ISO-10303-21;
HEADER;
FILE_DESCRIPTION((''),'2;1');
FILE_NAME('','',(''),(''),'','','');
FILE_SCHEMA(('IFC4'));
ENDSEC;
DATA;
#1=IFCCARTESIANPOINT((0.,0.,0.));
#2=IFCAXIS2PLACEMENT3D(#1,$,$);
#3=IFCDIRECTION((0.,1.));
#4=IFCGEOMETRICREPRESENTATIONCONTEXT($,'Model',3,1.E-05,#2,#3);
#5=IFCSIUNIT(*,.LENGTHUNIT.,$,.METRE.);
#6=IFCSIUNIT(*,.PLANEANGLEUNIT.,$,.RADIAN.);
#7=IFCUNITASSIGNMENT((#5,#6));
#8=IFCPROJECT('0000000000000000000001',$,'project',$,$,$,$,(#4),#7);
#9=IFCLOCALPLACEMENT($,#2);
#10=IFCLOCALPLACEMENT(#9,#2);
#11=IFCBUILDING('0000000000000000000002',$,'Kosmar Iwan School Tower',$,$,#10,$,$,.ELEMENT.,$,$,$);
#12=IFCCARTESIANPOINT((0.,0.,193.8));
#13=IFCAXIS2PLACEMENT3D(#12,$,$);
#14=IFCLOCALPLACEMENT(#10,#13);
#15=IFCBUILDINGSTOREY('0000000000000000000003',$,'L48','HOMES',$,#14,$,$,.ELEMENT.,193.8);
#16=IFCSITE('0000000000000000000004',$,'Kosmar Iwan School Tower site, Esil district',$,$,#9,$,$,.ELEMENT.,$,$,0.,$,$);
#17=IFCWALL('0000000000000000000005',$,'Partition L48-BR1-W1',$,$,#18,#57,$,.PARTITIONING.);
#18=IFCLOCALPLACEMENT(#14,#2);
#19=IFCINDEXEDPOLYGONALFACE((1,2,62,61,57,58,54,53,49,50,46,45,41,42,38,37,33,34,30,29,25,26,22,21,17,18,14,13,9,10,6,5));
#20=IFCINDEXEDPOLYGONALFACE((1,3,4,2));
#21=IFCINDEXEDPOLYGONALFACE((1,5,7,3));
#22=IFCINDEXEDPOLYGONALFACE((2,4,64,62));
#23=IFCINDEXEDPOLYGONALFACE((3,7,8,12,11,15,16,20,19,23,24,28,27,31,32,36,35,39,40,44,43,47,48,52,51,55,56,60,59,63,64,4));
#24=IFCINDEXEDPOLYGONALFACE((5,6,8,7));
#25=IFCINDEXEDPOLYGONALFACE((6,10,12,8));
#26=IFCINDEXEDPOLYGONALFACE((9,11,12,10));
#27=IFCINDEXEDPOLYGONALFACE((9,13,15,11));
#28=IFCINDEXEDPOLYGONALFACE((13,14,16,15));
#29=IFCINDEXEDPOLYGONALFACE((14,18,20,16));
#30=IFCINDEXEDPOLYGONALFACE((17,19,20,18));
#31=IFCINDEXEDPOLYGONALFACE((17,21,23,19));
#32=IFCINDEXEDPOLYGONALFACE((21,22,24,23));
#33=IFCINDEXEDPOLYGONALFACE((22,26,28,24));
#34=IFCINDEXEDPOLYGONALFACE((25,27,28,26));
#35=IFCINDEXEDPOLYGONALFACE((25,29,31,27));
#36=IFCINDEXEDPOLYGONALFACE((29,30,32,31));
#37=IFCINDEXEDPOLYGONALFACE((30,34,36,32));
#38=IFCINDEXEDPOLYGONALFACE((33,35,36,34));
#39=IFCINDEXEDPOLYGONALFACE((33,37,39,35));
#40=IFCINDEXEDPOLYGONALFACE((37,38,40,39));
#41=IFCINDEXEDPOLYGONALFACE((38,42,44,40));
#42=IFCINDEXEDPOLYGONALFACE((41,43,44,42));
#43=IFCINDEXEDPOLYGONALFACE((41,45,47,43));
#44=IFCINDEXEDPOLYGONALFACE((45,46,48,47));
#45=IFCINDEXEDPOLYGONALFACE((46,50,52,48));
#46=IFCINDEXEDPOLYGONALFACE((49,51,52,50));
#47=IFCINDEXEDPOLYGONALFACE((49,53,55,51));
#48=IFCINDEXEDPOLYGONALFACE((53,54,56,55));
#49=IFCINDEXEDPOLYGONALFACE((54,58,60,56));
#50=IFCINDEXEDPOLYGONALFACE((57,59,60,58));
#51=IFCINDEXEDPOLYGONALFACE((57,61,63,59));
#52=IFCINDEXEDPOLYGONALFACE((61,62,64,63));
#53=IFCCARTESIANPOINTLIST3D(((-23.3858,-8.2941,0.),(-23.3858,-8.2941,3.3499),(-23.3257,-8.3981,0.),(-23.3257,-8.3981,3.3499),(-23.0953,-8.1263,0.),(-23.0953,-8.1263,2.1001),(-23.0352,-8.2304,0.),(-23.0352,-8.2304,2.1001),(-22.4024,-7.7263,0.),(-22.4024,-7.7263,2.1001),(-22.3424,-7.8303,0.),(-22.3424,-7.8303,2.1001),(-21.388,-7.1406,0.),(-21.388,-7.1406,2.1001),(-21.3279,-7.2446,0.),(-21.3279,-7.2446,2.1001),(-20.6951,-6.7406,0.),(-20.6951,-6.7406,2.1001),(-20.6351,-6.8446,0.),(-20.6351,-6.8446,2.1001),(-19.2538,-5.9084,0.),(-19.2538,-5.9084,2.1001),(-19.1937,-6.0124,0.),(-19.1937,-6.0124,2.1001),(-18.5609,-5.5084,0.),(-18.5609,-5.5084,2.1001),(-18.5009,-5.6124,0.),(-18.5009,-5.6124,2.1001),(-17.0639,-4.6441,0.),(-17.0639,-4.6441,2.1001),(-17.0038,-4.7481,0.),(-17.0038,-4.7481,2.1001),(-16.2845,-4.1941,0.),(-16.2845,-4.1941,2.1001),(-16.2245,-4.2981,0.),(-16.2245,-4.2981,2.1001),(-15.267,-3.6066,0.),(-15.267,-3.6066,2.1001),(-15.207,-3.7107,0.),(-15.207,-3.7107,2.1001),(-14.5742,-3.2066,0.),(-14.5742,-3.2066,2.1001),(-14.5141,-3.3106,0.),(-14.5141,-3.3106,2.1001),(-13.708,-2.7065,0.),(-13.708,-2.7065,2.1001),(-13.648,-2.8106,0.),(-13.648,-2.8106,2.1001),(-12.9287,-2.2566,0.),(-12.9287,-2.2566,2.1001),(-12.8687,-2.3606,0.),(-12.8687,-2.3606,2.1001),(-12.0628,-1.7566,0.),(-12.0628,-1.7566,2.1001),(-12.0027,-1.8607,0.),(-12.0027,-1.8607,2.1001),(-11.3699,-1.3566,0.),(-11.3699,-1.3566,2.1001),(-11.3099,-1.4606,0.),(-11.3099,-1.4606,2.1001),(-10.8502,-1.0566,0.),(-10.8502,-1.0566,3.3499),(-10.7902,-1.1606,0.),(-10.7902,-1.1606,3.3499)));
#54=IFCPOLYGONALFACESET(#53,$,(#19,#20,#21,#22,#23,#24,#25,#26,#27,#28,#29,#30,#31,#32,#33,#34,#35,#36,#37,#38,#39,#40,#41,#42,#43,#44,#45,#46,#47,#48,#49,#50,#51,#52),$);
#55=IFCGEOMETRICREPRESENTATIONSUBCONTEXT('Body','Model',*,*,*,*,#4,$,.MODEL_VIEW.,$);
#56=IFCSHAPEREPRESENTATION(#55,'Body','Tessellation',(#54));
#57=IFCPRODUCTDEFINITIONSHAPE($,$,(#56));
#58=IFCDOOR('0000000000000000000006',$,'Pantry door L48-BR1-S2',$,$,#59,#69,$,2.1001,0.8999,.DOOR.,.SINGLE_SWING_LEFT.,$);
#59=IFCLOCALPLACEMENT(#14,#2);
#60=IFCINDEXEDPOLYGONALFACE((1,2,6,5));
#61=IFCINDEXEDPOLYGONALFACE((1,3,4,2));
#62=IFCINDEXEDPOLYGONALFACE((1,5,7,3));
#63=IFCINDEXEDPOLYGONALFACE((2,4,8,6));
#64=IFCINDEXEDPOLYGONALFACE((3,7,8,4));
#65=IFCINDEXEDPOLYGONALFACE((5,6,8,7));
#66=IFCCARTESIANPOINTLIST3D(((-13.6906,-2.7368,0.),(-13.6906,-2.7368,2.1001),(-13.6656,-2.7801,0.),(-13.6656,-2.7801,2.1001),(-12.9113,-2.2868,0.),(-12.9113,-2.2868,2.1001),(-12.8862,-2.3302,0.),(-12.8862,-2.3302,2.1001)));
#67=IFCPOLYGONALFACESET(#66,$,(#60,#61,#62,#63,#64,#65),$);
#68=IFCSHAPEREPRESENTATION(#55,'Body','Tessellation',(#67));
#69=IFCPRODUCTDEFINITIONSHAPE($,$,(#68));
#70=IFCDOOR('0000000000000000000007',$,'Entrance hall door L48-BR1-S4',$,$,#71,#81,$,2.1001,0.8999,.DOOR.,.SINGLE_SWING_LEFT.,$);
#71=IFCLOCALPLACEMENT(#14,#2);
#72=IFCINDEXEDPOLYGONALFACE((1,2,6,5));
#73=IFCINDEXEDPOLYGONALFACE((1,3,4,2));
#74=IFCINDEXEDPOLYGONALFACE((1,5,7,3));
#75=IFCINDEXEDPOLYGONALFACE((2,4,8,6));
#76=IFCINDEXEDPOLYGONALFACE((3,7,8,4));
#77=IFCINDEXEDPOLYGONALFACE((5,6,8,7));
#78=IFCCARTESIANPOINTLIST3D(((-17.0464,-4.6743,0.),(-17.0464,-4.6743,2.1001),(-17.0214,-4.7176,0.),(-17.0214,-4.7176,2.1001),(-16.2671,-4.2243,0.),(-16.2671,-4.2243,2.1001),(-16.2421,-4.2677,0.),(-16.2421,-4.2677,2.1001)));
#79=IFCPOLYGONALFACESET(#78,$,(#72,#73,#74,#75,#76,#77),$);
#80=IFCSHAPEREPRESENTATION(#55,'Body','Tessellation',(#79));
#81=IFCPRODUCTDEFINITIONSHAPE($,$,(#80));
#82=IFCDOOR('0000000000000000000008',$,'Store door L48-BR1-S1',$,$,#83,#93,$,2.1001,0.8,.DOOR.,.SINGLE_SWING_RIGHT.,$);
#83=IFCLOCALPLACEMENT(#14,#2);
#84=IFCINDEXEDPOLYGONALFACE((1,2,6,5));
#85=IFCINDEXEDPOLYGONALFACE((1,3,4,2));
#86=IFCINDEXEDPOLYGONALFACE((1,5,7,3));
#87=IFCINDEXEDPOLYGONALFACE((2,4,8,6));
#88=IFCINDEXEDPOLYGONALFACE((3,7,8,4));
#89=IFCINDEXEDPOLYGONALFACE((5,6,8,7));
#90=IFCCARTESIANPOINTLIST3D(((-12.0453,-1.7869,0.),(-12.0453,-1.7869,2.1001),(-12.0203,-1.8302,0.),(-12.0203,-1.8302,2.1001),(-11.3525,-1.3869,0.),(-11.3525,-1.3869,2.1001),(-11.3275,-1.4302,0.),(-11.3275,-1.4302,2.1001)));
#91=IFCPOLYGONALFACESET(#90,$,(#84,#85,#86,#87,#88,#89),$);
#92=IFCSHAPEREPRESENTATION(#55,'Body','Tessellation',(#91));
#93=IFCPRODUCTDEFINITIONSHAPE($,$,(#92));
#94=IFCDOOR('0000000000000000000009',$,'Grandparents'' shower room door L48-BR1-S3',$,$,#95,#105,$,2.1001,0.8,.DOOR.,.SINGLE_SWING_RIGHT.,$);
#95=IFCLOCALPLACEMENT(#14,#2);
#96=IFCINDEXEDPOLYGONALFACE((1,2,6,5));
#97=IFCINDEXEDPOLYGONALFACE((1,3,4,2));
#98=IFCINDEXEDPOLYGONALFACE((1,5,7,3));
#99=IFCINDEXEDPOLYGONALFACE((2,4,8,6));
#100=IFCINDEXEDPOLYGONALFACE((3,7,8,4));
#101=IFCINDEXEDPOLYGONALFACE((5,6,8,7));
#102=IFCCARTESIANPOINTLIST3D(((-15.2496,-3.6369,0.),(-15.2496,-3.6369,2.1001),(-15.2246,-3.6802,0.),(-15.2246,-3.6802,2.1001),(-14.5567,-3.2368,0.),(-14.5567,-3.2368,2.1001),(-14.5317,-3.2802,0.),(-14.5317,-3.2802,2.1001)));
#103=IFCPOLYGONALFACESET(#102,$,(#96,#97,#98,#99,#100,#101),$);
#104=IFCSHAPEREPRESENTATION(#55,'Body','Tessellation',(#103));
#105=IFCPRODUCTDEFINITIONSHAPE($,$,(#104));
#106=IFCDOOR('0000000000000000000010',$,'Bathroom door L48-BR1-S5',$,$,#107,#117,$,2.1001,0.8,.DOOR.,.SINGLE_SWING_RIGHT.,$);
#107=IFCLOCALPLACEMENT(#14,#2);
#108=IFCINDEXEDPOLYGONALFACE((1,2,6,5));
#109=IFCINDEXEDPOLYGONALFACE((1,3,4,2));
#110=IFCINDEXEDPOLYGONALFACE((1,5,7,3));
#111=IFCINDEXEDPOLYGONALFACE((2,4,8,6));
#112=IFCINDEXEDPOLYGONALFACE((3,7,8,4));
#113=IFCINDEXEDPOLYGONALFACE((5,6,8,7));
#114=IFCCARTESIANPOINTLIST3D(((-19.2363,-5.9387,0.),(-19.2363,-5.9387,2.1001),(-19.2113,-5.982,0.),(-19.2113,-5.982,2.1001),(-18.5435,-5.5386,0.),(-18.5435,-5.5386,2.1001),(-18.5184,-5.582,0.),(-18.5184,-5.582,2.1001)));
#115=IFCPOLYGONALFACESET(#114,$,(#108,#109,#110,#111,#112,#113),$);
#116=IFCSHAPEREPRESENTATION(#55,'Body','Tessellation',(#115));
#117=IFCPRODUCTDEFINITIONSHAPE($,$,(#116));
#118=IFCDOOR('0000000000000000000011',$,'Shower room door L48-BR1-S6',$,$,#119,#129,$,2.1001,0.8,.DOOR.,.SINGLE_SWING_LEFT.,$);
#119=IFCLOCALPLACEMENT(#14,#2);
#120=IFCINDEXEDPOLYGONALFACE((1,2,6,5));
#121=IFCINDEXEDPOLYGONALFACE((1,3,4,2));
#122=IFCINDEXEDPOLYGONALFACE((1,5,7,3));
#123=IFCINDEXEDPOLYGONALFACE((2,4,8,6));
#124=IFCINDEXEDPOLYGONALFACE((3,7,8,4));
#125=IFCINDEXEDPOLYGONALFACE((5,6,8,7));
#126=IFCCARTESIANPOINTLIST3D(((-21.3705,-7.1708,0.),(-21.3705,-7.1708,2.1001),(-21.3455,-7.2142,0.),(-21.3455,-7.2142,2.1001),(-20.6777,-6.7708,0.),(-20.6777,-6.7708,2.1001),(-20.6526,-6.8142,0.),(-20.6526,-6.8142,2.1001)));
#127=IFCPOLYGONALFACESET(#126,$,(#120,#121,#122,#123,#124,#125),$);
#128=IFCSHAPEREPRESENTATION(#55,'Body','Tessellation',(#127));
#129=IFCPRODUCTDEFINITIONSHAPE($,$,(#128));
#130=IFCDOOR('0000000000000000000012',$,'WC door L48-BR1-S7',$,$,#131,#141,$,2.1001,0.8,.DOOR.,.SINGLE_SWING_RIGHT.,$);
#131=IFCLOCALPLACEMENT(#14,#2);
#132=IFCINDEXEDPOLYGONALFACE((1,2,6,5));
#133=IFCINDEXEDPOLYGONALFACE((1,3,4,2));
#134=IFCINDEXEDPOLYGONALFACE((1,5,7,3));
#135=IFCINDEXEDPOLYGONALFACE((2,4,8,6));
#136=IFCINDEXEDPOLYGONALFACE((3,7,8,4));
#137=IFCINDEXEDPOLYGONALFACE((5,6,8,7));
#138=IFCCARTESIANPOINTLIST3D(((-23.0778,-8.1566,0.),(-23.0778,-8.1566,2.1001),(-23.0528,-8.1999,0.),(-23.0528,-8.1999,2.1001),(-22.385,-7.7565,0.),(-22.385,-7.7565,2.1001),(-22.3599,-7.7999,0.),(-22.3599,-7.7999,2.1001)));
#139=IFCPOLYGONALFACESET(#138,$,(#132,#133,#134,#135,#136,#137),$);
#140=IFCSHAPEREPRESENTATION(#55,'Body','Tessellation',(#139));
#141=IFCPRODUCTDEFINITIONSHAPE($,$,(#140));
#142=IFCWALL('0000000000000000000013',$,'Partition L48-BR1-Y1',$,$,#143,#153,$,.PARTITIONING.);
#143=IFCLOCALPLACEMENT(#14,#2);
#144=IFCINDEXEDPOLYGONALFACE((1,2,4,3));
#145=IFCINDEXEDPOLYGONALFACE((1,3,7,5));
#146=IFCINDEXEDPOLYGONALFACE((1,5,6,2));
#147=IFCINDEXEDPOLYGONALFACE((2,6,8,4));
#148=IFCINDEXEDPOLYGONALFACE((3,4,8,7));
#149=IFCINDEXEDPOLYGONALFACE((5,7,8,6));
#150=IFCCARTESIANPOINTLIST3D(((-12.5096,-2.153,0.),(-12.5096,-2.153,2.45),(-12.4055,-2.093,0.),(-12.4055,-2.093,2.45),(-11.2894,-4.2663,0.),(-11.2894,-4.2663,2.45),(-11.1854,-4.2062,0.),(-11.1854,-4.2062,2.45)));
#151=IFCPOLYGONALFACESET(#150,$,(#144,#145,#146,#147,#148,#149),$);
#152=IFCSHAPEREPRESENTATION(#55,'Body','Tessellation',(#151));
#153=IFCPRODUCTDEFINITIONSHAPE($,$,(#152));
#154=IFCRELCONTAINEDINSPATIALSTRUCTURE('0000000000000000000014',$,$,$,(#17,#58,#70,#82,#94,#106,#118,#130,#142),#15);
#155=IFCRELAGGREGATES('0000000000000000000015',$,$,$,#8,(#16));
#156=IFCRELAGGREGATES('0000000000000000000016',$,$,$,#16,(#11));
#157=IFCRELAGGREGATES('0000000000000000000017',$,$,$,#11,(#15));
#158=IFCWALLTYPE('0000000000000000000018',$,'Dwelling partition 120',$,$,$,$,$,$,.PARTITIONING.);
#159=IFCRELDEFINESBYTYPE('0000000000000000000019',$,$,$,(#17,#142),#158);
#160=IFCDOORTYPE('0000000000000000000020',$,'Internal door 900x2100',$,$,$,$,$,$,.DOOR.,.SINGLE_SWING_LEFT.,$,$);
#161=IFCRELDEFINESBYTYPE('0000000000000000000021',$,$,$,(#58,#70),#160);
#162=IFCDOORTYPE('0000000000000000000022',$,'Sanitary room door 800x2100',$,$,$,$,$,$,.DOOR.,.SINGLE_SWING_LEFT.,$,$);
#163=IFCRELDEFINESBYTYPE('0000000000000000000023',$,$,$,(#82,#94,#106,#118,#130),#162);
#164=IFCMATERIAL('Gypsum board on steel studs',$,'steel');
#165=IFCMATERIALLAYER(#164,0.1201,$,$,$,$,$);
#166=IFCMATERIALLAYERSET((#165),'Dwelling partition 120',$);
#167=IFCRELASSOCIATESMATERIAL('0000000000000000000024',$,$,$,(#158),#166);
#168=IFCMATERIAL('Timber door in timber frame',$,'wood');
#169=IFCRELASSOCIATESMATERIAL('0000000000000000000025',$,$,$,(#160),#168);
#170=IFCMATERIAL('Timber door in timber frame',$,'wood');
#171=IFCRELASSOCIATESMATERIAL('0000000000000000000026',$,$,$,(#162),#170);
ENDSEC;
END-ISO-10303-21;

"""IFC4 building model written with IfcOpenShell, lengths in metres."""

from ifc_helpers import new_model, si_unit, direction, frame, frame_2d, origin, place, context, subcontext, project, spatial, rectangle, extrude, material, layer, layer_set, type_object, element, fill, save


model = new_model("IFC4")

# Units and contexts
model_context = context("Model", 3, precision=1e-05, world=origin(), true_north=direction((0.0, 1.0)))
body_context = subcontext(model_context, "Body", "Model", "MODEL_VIEW")
ifc_project = project(units=[si_unit("LENGTHUNIT", "METRE"), si_unit("PLANEANGLEUNIT", "RADIAN")], contexts=[model_context])

# Site, building, storey
site_placement = place(None, origin())
site = spatial("IfcSite", under=ifc_project, at=site_placement, Name="Kosmar Iwan School Tower site, Esil district", CompositionType="ELEMENT", RefElevation=0.0)
building_placement = place(site_placement, origin())
building = spatial("IfcBuilding", under=site, at=building_placement, Name="Kosmar Iwan School Tower", CompositionType="ELEMENT")
storey_placement = place(building_placement, frame((0.0, 0.0, 193.8)))
storey = spatial("IfcBuildingStorey", under=building, at=storey_placement, Name="L48", Description="HOMES", CompositionType="ELEMENT", Elevation=193.8)

# Wall, openings, doors
ifc_material_1 = material(Name="Gypsum board on steel studs", Category="steel")
ifc_layer_1 = layer(ifc_material_1, 0.1201)
ifc_layer_set_1 = layer_set([ifc_layer_1], Name="Dwelling partition 120")
wall_type_1 = type_object("IfcWallType", Name="Dwelling partition 120", PredefinedType="PARTITIONING", material=ifc_layer_set_1)
wall_1_placement = place(storey_placement, frame((-10.8203, -1.1086, 0.0), z_axis=(0.0, 0.0, 1.0), x_axis=(-0.866023, -0.500005, 0.0)))
wall_1 = element("IfcWall", 1, at=wall_1_placement, inside=storey, type_object=wall_type_1, Name="Partition L48-BR1-W1", PredefinedType="PARTITIONING", context=body_context, shape_type="SweptSolid", body=[
    extrude(rectangle(XDim=14.4749, YDim=0.1201, at=frame_2d((7.2373, 0.0))), origin(), (0.0, 0.0, 1.0), 3.3499),
])
opening_1_placement = place(wall_1_placement, frame((0.6001, 0.0, 0.0)))
opening_1 = element("IfcOpeningElement", 2, at=opening_1_placement, cuts=wall_1, PredefinedType="OPENING", context=body_context, shape_type="SweptSolid", body=[
    extrude(rectangle(XDim=0.8, YDim=2.1001, at=frame_2d((0.3999, 1.05))), frame((0.0, 0.072, 0.0), z_axis=(0.0, -1.0, 0.0), x_axis=(1.0, 0.0, 0.0)), (0.0, 0.0, 1.0), 0.144),
])
opening_2_placement = place(wall_1_placement, frame((2.3999, 0.0, 0.0)))
opening_2 = element("IfcOpeningElement", 3, at=opening_2_placement, cuts=wall_1, PredefinedType="OPENING", context=body_context, shape_type="SweptSolid", body=[
    extrude(rectangle(XDim=0.8999, YDim=2.1001, at=frame_2d((0.45, 1.05))), frame((0.0, 0.072, 0.0), z_axis=(0.0, -1.0, 0.0), x_axis=(1.0, 0.0, 0.0)), (0.0, 0.0, 1.0), 0.144),
])
opening_3_placement = place(wall_1_placement, frame((4.3, 0.0, 0.0)))
opening_3 = element("IfcOpeningElement", 4, at=opening_3_placement, cuts=wall_1, PredefinedType="OPENING", context=body_context, shape_type="SweptSolid", body=[
    extrude(rectangle(XDim=0.8, YDim=2.1001, at=frame_2d((0.3999, 1.05))), frame((0.0, 0.072, 0.0), z_axis=(0.0, -1.0, 0.0), x_axis=(1.0, 0.0, 0.0)), (0.0, 0.0, 1.0), 0.144),
])
opening_4_placement = place(wall_1_placement, frame((6.2749, 0.0, 0.0)))
opening_4 = element("IfcOpeningElement", 5, at=opening_4_placement, cuts=wall_1, PredefinedType="OPENING", context=body_context, shape_type="SweptSolid", body=[
    extrude(rectangle(XDim=0.8999, YDim=2.1001, at=frame_2d((0.45, 1.05))), frame((0.0, 0.072, 0.0), z_axis=(0.0, -1.0, 0.0), x_axis=(1.0, 0.0, 0.0)), (0.0, 0.0, 1.0), 0.144),
])
opening_5_placement = place(wall_1_placement, frame((8.9036, 0.0, 0.0)))
opening_5 = element("IfcOpeningElement", 6, at=opening_5_placement, cuts=wall_1, PredefinedType="OPENING", context=body_context, shape_type="SweptSolid", body=[
    extrude(rectangle(XDim=0.8, YDim=2.1001, at=frame_2d((0.3999, 1.05))), frame((0.0, 0.072, 0.0), z_axis=(0.0, -1.0, 0.0), x_axis=(1.0, 0.0, 0.0)), (0.0, 0.0, 1.0), 0.144),
])
opening_6_placement = place(wall_1_placement, frame((11.3679, 0.0, 0.0)))
opening_6 = element("IfcOpeningElement", 7, at=opening_6_placement, cuts=wall_1, PredefinedType="OPENING", context=body_context, shape_type="SweptSolid", body=[
    extrude(rectangle(XDim=0.8, YDim=2.1001, at=frame_2d((0.3999, 1.05))), frame((0.0, 0.072, 0.0), z_axis=(0.0, -1.0, 0.0), x_axis=(1.0, 0.0, 0.0)), (0.0, 0.0, 1.0), 0.144),
])
opening_7_placement = place(wall_1_placement, frame((13.3394, 0.0, 0.0)))
opening_7 = element("IfcOpeningElement", 8, at=opening_7_placement, cuts=wall_1, PredefinedType="OPENING", context=body_context, shape_type="SweptSolid", body=[
    extrude(rectangle(XDim=0.8, YDim=2.1001, at=frame_2d((0.3999, 1.05))), frame((0.0, 0.072, 0.0), z_axis=(0.0, -1.0, 0.0), x_axis=(1.0, 0.0, 0.0)), (0.0, 0.0, 1.0), 0.144),
])
ifc_material_2 = material(Name="Timber door in timber frame", Category="wood")
door_type_1 = type_object("IfcDoorType", Name="Internal door 900x2100", OperationType="SINGLE_SWING_LEFT", PredefinedType="DOOR", material=ifc_material_2)
door_1_placement = place(opening_2_placement, origin())
door_1 = element("IfcDoor", 9, at=door_1_placement, inside=storey, type_object=door_type_1, Name="Pantry door L48-BR1-S2", OperationType="SINGLE_SWING_LEFT", OverallHeight=2.1001, OverallWidth=0.8999, PredefinedType="DOOR", context=body_context, shape_type="SweptSolid", body=[
    extrude(rectangle(XDim=0.8999, YDim=2.1001, at=frame_2d((0.45, 1.05))), frame((0.0, 0.0249, 0.0), z_axis=(0.0, -1.0, 0.0), x_axis=(1.0, 0.0, 0.0)), (0.0, 0.0, 1.0), 0.05),
])
fill(opening_2, door_1)
door_2_placement = place(opening_4_placement, origin())
door_2 = element("IfcDoor", 10, at=door_2_placement, inside=storey, type_object=door_type_1, Name="Entrance hall door L48-BR1-S4", OperationType="SINGLE_SWING_LEFT", OverallHeight=2.1001, OverallWidth=0.8999, PredefinedType="DOOR", context=body_context, shape_type="SweptSolid", body=[
    extrude(rectangle(XDim=0.8999, YDim=2.1001, at=frame_2d((0.45, 1.05))), frame((0.0, 0.0249, 0.0), z_axis=(0.0, -1.0, 0.0), x_axis=(1.0, 0.0, 0.0)), (0.0, 0.0, 1.0), 0.05),
])
fill(opening_4, door_2)
ifc_material_3 = material(Name="Timber door in timber frame", Category="wood")
door_type_2 = type_object("IfcDoorType", Name="Sanitary room door 800x2100", OperationType="SINGLE_SWING_LEFT", PredefinedType="DOOR", material=ifc_material_3)
door_3_placement = place(opening_1_placement, origin())
door_3 = element("IfcDoor", 11, at=door_3_placement, inside=storey, type_object=door_type_2, Name="Store door L48-BR1-S1", OperationType="SINGLE_SWING_RIGHT", OverallHeight=2.1001, OverallWidth=0.8, PredefinedType="DOOR", context=body_context, shape_type="SweptSolid", body=[
    extrude(rectangle(XDim=0.8, YDim=2.1001, at=frame_2d((0.3999, 1.05))), frame((0.0, 0.0249, 0.0), z_axis=(0.0, -1.0, 0.0), x_axis=(1.0, 0.0, 0.0)), (0.0, 0.0, 1.0), 0.05),
])
fill(opening_1, door_3)
door_4_placement = place(opening_3_placement, origin())
door_4 = element("IfcDoor", 12, at=door_4_placement, inside=storey, type_object=door_type_2, Name="Grandparents' shower room door L48-BR1-S3", OperationType="SINGLE_SWING_RIGHT", OverallHeight=2.1001, OverallWidth=0.8, PredefinedType="DOOR", context=body_context, shape_type="SweptSolid", body=[
    extrude(rectangle(XDim=0.8, YDim=2.1001, at=frame_2d((0.3999, 1.05))), frame((0.0, 0.0249, 0.0), z_axis=(0.0, -1.0, 0.0), x_axis=(1.0, 0.0, 0.0)), (0.0, 0.0, 1.0), 0.05),
])
fill(opening_3, door_4)
door_5_placement = place(opening_5_placement, origin())
door_5 = element("IfcDoor", 13, at=door_5_placement, inside=storey, type_object=door_type_2, Name="Bathroom door L48-BR1-S5", OperationType="SINGLE_SWING_RIGHT", OverallHeight=2.1001, OverallWidth=0.8, PredefinedType="DOOR", context=body_context, shape_type="SweptSolid", body=[
    extrude(rectangle(XDim=0.8, YDim=2.1001, at=frame_2d((0.3999, 1.05))), frame((0.0, 0.0249, 0.0), z_axis=(0.0, -1.0, 0.0), x_axis=(1.0, 0.0, 0.0)), (0.0, 0.0, 1.0), 0.05),
])
fill(opening_5, door_5)
door_6_placement = place(opening_6_placement, origin())
door_6 = element("IfcDoor", 14, at=door_6_placement, inside=storey, type_object=door_type_2, Name="Shower room door L48-BR1-S6", OperationType="SINGLE_SWING_LEFT", OverallHeight=2.1001, OverallWidth=0.8, PredefinedType="DOOR", context=body_context, shape_type="SweptSolid", body=[
    extrude(rectangle(XDim=0.8, YDim=2.1001, at=frame_2d((0.3999, 1.05))), frame((0.0, 0.0249, 0.0), z_axis=(0.0, -1.0, 0.0), x_axis=(1.0, 0.0, 0.0)), (0.0, 0.0, 1.0), 0.05),
])
fill(opening_6, door_6)
door_7_placement = place(opening_7_placement, origin())
door_7 = element("IfcDoor", 15, at=door_7_placement, inside=storey, type_object=door_type_2, Name="WC door L48-BR1-S7", OperationType="SINGLE_SWING_RIGHT", OverallHeight=2.1001, OverallWidth=0.8, PredefinedType="DOOR", context=body_context, shape_type="SweptSolid", body=[
    extrude(rectangle(XDim=0.8, YDim=2.1001, at=frame_2d((0.3999, 1.05))), frame((0.0, 0.0249, 0.0), z_axis=(0.0, -1.0, 0.0), x_axis=(1.0, 0.0, 0.0)), (0.0, 0.0, 1.0), 0.05),
])
fill(opening_7, door_7)

# Wall
wall_2_placement = place(storey_placement, frame((-11.2373, -4.2363, 0.0), z_axis=(0.0, 0.0, 1.0), x_axis=(-0.500034, 0.866006, 0.0)))
element("IfcWall", 16, at=wall_2_placement, inside=storey, type_object=wall_type_1, Name="Partition L48-BR1-Y1", PredefinedType="PARTITIONING", context=body_context, shape_type="SweptSolid", body=[
    extrude(rectangle(XDim=2.4402, YDim=0.1201, at=frame_2d((1.2202, 0.0))), origin(), (0.0, 0.0, 1.0), 2.45),
])

save(model, "model.ifc")
